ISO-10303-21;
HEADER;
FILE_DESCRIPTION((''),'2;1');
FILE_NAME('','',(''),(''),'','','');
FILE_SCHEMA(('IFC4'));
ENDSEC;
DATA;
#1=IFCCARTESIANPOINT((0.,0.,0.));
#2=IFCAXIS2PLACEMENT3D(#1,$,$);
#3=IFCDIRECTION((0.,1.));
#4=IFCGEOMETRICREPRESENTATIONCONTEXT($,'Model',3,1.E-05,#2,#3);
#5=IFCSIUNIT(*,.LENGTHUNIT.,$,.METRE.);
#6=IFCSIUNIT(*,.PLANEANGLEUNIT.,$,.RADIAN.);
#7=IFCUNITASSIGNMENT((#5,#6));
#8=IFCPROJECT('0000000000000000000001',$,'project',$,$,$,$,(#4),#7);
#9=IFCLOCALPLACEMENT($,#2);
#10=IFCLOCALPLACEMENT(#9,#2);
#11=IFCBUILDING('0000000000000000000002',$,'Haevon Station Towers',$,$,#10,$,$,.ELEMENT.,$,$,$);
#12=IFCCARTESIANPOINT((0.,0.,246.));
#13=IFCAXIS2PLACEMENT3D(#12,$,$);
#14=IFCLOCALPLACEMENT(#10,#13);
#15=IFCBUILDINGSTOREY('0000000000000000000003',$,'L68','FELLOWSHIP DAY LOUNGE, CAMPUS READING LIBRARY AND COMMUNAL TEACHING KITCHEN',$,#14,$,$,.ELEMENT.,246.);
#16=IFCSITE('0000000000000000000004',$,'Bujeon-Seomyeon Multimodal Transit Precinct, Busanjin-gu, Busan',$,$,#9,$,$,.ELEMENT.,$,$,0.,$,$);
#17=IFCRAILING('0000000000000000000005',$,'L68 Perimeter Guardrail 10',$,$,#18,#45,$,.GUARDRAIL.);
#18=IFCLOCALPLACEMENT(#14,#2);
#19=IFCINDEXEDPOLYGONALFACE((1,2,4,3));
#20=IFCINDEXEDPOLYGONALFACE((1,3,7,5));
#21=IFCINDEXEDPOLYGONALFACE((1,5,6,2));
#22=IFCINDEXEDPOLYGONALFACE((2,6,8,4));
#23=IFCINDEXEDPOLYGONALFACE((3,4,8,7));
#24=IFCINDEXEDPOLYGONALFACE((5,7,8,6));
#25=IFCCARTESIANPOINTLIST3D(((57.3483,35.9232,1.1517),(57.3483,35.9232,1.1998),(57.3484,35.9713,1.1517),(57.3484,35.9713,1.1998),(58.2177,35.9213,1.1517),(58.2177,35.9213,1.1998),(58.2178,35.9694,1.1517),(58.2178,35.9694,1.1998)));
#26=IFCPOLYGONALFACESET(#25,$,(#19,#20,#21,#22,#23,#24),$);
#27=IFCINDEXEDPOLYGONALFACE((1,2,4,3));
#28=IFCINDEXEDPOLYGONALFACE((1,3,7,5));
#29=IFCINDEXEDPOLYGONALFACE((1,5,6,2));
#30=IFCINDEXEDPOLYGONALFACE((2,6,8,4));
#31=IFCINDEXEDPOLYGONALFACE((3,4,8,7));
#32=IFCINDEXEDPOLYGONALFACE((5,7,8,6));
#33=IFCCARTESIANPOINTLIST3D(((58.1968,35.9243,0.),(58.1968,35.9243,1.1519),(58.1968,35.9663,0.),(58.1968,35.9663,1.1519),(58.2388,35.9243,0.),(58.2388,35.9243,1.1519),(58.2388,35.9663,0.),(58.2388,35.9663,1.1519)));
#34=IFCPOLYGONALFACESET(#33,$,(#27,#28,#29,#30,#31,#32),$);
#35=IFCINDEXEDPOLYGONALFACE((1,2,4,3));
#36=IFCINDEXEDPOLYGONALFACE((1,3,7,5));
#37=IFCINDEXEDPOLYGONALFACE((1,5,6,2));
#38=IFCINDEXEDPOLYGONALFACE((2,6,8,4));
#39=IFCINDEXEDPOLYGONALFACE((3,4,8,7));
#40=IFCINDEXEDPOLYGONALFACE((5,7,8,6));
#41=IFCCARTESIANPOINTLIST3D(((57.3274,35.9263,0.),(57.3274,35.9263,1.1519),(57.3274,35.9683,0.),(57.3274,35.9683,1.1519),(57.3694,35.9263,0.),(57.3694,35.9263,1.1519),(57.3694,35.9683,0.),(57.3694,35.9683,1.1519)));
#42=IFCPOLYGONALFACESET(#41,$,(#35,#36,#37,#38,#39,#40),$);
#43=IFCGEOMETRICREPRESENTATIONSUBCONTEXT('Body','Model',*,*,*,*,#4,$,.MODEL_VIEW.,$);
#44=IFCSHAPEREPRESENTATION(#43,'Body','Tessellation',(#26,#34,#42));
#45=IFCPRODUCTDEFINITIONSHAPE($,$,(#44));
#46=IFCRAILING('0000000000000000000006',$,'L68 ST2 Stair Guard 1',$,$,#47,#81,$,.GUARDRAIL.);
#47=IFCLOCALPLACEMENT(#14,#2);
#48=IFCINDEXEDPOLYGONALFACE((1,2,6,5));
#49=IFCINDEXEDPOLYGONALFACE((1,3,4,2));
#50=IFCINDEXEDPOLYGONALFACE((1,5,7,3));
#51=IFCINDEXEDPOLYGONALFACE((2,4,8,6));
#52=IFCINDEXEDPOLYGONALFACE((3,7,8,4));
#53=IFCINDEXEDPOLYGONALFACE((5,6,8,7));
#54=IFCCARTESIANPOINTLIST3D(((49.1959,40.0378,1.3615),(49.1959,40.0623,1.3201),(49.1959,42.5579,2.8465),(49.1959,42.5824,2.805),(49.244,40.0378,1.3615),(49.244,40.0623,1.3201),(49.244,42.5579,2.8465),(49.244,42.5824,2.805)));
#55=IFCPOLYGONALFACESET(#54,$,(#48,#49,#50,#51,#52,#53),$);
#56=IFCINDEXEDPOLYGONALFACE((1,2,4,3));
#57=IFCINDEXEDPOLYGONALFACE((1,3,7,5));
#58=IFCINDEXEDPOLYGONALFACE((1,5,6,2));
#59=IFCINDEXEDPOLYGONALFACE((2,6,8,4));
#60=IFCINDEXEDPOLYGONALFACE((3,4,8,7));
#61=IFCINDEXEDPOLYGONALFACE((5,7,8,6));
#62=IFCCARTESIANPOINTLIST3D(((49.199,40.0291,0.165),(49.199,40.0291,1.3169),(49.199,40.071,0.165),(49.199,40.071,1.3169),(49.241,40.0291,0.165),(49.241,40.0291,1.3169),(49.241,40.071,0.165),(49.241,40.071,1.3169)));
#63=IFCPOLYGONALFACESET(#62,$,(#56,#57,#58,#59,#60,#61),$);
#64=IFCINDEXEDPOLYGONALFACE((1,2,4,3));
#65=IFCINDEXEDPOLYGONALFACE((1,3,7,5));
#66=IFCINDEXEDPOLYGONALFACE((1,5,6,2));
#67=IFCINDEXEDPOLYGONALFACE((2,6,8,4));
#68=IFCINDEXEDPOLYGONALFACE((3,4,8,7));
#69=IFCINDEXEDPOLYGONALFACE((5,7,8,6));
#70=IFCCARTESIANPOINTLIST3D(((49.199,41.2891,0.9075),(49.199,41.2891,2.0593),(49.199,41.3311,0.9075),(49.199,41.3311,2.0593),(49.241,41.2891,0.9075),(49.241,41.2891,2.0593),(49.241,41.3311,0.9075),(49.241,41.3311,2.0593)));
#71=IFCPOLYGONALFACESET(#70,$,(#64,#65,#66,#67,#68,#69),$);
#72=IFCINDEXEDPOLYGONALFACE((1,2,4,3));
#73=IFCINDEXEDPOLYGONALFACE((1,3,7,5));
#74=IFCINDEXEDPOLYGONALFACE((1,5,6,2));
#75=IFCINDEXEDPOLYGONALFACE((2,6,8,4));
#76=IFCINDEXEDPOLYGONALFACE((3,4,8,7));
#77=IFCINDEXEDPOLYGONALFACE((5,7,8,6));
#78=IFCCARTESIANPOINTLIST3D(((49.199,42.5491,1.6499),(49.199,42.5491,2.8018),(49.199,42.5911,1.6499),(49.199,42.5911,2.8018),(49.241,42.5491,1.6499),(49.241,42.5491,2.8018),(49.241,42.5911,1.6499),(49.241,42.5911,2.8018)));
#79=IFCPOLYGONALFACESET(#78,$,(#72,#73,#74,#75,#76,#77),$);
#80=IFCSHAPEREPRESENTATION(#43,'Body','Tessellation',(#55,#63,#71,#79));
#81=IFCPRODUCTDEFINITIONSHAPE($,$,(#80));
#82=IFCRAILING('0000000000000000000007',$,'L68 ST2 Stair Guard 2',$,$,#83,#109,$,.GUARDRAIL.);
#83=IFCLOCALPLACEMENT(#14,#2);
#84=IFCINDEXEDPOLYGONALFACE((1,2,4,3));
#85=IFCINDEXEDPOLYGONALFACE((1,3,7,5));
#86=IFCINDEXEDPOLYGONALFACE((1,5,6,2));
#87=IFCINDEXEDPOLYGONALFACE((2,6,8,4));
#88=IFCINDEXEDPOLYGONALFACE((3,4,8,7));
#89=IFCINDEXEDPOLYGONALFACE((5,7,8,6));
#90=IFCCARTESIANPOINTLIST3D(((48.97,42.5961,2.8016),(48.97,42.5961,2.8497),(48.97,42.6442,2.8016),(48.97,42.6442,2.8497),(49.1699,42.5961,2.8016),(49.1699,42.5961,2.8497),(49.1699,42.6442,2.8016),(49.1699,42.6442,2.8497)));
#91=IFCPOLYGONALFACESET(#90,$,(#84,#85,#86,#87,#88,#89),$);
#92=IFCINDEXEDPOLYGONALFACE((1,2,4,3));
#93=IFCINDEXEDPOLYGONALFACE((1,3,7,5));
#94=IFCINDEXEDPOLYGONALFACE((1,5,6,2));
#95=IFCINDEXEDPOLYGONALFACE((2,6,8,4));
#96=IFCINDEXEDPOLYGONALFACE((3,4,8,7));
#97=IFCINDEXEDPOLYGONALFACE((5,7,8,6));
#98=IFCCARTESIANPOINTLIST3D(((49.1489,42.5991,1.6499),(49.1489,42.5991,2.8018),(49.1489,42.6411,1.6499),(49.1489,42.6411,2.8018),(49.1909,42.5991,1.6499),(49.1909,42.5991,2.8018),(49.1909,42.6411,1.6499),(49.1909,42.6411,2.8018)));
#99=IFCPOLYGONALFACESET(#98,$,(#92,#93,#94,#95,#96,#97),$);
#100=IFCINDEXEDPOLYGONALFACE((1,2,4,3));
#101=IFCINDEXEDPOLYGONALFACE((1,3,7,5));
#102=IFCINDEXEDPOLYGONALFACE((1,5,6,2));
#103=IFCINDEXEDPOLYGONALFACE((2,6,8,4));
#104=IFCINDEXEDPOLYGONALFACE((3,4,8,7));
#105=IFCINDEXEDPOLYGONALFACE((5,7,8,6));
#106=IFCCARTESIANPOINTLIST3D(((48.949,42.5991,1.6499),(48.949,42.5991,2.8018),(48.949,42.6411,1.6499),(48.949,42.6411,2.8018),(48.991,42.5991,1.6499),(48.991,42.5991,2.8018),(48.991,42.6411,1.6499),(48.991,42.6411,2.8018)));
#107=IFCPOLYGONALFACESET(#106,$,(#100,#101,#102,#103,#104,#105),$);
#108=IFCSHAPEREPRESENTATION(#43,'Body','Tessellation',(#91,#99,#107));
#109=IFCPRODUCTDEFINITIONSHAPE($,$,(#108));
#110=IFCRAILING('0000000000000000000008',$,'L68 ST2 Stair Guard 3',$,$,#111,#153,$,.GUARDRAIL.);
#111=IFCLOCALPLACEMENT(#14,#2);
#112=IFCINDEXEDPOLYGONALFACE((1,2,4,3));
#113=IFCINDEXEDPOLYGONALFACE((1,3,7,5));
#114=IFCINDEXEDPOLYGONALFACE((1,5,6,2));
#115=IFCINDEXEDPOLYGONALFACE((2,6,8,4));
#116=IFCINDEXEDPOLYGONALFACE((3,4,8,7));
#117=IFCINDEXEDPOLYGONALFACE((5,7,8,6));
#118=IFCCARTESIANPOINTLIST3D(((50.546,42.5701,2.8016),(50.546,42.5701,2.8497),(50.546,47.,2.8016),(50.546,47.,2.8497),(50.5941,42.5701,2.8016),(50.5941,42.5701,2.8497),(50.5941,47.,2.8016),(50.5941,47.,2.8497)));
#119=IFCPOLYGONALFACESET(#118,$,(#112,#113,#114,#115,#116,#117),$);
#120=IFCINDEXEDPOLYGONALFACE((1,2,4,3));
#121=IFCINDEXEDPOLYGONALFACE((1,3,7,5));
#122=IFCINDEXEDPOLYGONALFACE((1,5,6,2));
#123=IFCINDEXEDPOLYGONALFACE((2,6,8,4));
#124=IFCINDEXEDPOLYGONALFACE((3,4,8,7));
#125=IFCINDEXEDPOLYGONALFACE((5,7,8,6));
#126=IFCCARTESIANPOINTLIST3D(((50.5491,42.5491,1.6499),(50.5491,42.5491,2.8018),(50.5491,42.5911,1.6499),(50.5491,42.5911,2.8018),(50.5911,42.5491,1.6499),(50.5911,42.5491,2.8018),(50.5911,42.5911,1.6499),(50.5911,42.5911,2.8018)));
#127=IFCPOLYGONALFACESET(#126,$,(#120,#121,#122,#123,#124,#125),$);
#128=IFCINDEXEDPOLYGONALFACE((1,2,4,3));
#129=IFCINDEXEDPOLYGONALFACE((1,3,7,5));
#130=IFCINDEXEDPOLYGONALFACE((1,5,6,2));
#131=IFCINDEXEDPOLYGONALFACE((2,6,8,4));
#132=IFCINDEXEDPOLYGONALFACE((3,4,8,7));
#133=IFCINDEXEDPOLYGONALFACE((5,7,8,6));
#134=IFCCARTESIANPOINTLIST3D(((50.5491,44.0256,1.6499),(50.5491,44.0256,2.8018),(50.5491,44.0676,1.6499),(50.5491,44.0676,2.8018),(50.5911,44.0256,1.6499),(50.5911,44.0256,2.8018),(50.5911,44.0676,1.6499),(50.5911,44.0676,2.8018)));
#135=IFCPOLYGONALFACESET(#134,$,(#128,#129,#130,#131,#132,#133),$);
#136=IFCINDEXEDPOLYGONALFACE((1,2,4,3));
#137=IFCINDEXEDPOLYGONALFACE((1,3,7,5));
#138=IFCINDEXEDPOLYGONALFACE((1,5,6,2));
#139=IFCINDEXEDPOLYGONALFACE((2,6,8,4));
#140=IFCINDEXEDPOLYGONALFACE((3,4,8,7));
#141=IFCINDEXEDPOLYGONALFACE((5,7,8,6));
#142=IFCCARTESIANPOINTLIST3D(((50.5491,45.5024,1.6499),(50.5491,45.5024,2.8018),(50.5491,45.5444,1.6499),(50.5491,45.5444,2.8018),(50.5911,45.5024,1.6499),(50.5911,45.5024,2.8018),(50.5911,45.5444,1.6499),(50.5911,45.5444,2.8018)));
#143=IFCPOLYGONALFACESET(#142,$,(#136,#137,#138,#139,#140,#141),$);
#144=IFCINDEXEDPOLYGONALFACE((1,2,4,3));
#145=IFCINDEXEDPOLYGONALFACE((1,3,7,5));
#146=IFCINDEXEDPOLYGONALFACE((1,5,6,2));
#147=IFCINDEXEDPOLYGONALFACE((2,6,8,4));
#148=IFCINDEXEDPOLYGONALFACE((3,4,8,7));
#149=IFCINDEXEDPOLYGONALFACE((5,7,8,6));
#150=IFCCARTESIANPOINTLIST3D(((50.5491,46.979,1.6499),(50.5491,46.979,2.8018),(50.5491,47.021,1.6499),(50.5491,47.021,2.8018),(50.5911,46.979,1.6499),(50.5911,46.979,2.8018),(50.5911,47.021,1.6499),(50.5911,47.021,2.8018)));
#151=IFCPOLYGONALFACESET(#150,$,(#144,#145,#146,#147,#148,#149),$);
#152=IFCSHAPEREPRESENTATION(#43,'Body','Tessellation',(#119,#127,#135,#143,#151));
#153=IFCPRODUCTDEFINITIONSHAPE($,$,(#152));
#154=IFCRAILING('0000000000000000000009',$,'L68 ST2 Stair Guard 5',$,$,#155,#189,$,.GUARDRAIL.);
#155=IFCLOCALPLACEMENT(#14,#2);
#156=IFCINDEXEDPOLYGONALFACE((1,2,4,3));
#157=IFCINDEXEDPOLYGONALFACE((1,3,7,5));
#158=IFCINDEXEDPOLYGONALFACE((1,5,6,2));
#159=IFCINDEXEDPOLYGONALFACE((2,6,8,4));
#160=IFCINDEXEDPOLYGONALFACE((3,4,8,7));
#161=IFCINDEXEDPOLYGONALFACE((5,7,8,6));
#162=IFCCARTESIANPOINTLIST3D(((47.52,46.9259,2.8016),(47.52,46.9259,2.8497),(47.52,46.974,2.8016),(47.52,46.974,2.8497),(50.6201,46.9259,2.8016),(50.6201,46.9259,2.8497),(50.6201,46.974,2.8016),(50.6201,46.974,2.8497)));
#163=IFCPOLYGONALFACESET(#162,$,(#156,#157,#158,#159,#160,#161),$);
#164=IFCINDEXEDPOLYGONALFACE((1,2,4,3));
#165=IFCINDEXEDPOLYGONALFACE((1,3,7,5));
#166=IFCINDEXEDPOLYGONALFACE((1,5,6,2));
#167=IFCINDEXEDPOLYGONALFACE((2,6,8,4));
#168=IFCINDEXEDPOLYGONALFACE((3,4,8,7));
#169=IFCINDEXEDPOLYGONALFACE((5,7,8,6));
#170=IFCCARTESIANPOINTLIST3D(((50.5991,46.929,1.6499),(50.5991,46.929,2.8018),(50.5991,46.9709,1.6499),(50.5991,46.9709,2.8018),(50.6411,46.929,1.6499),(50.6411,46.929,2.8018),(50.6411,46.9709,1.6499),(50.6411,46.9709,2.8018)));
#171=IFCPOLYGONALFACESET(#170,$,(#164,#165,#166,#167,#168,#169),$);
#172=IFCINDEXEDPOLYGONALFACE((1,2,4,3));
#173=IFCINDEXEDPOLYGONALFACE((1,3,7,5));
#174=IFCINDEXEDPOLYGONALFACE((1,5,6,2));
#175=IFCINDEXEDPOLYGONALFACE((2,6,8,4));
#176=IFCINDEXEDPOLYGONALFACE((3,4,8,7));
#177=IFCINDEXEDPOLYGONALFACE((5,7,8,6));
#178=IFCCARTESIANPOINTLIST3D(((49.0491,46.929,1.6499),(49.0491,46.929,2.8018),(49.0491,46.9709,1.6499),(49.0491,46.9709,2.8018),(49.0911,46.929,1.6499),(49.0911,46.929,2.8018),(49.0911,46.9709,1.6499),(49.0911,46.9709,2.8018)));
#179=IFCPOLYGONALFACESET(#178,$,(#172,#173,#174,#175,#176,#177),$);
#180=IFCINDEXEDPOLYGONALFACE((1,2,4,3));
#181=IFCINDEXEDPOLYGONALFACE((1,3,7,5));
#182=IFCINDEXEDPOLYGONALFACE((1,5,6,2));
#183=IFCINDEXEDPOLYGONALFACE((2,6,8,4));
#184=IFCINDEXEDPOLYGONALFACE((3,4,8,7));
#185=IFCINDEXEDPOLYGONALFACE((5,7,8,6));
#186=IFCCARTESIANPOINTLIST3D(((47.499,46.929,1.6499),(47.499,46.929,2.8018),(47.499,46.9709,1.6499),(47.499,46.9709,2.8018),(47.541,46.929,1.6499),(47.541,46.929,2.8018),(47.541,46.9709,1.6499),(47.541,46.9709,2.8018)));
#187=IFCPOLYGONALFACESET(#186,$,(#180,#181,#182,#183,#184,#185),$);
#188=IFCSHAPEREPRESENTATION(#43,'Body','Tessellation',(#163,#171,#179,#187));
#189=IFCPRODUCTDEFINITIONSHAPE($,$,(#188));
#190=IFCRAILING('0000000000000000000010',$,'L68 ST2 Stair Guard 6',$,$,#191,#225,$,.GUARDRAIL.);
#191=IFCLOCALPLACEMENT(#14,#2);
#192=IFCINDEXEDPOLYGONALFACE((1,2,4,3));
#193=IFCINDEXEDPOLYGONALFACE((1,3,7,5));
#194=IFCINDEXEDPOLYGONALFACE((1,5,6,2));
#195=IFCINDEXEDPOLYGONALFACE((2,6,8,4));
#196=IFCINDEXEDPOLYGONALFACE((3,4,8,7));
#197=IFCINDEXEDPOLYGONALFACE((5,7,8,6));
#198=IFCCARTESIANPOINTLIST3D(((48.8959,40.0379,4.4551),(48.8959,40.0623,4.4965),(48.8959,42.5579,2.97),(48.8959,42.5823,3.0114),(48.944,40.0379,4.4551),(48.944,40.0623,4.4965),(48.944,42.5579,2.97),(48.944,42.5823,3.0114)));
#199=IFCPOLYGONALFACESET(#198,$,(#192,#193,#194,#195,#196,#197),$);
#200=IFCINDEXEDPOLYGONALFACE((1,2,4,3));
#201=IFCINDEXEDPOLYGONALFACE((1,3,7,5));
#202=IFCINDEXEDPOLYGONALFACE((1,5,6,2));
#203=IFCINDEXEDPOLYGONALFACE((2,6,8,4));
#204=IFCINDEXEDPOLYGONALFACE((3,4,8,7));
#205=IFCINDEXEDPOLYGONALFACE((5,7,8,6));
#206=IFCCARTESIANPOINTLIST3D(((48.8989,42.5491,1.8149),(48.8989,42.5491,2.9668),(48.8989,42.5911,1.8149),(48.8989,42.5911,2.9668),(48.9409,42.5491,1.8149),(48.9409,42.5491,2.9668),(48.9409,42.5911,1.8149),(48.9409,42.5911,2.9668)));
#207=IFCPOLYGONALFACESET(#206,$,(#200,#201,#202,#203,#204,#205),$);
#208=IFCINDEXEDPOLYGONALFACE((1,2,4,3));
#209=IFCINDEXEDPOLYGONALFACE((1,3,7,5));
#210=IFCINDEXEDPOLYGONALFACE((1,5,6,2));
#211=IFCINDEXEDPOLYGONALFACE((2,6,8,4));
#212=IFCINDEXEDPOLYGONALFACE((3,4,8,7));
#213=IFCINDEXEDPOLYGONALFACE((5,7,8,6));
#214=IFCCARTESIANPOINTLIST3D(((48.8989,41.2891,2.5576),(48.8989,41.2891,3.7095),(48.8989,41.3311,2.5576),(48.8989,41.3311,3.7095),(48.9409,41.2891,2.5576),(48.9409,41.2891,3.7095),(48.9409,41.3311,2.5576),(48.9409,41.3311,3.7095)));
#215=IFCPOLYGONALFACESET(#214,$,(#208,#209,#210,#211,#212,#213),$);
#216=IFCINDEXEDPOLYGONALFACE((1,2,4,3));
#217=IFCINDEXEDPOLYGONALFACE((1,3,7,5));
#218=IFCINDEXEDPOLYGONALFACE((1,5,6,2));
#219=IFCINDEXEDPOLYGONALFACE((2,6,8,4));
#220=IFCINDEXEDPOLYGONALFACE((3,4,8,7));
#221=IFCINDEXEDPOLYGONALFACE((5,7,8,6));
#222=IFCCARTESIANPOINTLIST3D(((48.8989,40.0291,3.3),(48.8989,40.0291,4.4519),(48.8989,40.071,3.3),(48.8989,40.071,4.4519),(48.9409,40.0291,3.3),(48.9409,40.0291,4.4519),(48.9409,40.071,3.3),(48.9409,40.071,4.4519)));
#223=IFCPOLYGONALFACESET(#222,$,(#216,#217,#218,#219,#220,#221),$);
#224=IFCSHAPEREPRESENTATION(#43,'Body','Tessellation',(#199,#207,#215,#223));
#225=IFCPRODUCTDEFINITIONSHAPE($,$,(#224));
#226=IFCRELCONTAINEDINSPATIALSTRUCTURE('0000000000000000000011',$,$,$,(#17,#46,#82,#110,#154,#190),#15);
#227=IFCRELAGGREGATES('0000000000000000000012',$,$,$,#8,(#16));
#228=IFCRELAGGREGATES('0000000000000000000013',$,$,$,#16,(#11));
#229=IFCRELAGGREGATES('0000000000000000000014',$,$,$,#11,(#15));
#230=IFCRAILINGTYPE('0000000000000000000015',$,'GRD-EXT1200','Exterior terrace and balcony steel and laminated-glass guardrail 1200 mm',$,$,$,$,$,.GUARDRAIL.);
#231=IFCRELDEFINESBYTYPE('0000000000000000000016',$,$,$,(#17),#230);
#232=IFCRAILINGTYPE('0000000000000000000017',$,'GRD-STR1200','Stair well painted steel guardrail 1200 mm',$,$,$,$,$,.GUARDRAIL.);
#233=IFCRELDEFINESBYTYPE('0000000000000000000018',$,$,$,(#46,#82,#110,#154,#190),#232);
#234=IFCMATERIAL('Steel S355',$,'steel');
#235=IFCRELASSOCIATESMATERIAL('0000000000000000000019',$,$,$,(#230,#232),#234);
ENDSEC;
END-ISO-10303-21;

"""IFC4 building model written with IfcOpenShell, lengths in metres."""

from ifc_helpers import new_model, si_unit, direction, frame, origin, origin_2d, place, context, subcontext, project, spatial, rectangle, extrude, material, type_object, element, save


model = new_model("IFC4")

# Units and contexts
model_context = context("Model", 3, precision=1e-05, world=origin(), true_north=direction((0.0, 1.0)))
body_context = subcontext(model_context, "Body", "Model", "MODEL_VIEW")
ifc_project = project(units=[si_unit("LENGTHUNIT", "METRE"), si_unit("PLANEANGLEUNIT", "RADIAN")], contexts=[model_context])

# Site, building, storey
site_placement = place(None, origin())
site = spatial("IfcSite", under=ifc_project, at=site_placement, Name="Bujeon-Seomyeon Multimodal Transit Precinct, Busanjin-gu, Busan", CompositionType="ELEMENT", RefElevation=0.0)
building_placement = place(site_placement, origin())
building = spatial("IfcBuilding", under=site, at=building_placement, Name="Haevon Station Towers", CompositionType="ELEMENT")
storey_placement = place(building_placement, frame((0.0, 0.0, 246.0)))
storey = spatial("IfcBuildingStorey", under=building, at=storey_placement, Name="L68", Description="FELLOWSHIP DAY LOUNGE, CAMPUS READING LIBRARY AND COMMUNAL TEACHING KITCHEN", CompositionType="ELEMENT", Elevation=246.0)

# Shared definitions
ifc_material_1 = material(Name="Steel S355", Category="steel")

# Railings
railing_type_1 = type_object("IfcRailingType", Name="GRD-EXT1200", Description="Exterior terrace and balcony steel and laminated-glass guardrail 1200 mm", PredefinedType="GUARDRAIL", material=ifc_material_1)
railing_1_placement = place(storey_placement, frame((58.2178, 35.9453, 0.0)))
element("IfcRailing", 1, at=railing_1_placement, inside=storey, type_object=railing_type_1, Name="L68 Perimeter Guardrail 10", PredefinedType="GUARDRAIL", context=body_context, shape_type="SweptSolid", body=[
    extrude(rectangle(XDim=0.0481, YDim=0.0481, at=origin_2d()), frame((0.0, 0.0, 1.1758), z_axis=(-0.999997, 0.002247, 0.0), x_axis=(-0.002247, -0.999997, 0.0)), (0.0, 0.0, 1.0), 0.8694),
    extrude(rectangle(XDim=0.042, YDim=0.042, at=origin_2d()), origin(), (0.0, 0.0, 1.0), 1.1519),
    extrude(rectangle(XDim=0.042, YDim=0.042, at=origin_2d()), frame((-0.8694, 0.002, 0.0)), (0.0, 0.0, 1.0), 1.1519),
])
railing_type_2 = type_object("IfcRailingType", Name="GRD-STR1200", Description="Stair well painted steel guardrail 1200 mm", PredefinedType="GUARDRAIL", material=ifc_material_1)
railing_2_placement = place(storey_placement, frame((49.22, 40.05, 0.165)))
element("IfcRailing", 2, at=railing_2_placement, inside=storey, type_object=railing_type_2, Name="L68 ST2 Stair Guard 1", PredefinedType="GUARDRAIL", context=body_context, shape_type="SweptSolid", body=[
    extrude(rectangle(XDim=0.0481, YDim=0.0481, at=origin_2d()), frame((0.0, 0.0, 1.1758), z_axis=(0.0, 0.861561, 0.507655), x_axis=(-1.0, 0.0, 0.0)), (0.0, 0.0, 1.0), 2.925),
    extrude(rectangle(XDim=0.042, YDim=0.042, at=origin_2d()), origin(), (0.0, 0.0, 1.0), 1.1519),
    extrude(rectangle(XDim=0.042, YDim=0.042, at=origin_2d()), frame((0.0, 1.26, 0.7424)), (0.0, 0.0, 1.0), 1.1519),
    extrude(rectangle(XDim=0.042, YDim=0.042, at=origin_2d()), frame((0.0, 2.52, 1.4849)), (0.0, 0.0, 1.0), 1.1519),
])
railing_3_placement = place(storey_placement, frame((49.1699, 42.6201, 1.6499)))
element("IfcRailing", 3, at=railing_3_placement, inside=storey, type_object=railing_type_2, Name="L68 ST2 Stair Guard 2", PredefinedType="GUARDRAIL", context=body_context, shape_type="SweptSolid", body=[
    extrude(rectangle(XDim=0.0481, YDim=0.0481, at=origin_2d()), frame((0.0, 0.0, 1.1758), z_axis=(-1.0, 0.0, 0.0), x_axis=(0.0, -1.0, 0.0)), (0.0, 0.0, 1.0), 0.2),
    extrude(rectangle(XDim=0.042, YDim=0.042, at=origin_2d()), origin(), (0.0, 0.0, 1.0), 1.1519),
    extrude(rectangle(XDim=0.042, YDim=0.042, at=origin_2d()), frame((-0.2, 0.0, 0.0)), (0.0, 0.0, 1.0), 1.1519),
])
railing_4_placement = place(storey_placement, frame((50.5701, 42.5701, 1.6499)))
element("IfcRailing", 4, at=railing_4_placement, inside=storey, type_object=railing_type_2, Name="L68 ST2 Stair Guard 3", PredefinedType="GUARDRAIL", context=body_context, shape_type="SweptSolid", body=[
    extrude(rectangle(XDim=0.0481, YDim=0.0481, at=origin_2d()), frame((0.0, 0.0, 1.1758), z_axis=(0.0, 1.0, 0.0), x_axis=(-1.0, 0.0, 0.0)), (0.0, 0.0, 1.0), 4.4299),
    extrude(rectangle(XDim=0.042, YDim=0.042, at=origin_2d()), origin(), (0.0, 0.0, 1.0), 1.1519),
    extrude(rectangle(XDim=0.042, YDim=0.042, at=origin_2d()), frame((0.0, 1.4766, 0.0)), (0.0, 0.0, 1.0), 1.1519),
    extrude(rectangle(XDim=0.042, YDim=0.042, at=origin_2d()), frame((0.0, 2.9534, 0.0)), (0.0, 0.0, 1.0), 1.1519),
    extrude(rectangle(XDim=0.042, YDim=0.042, at=origin_2d()), frame((0.0, 4.4299, 0.0)), (0.0, 0.0, 1.0), 1.1519),
])
railing_5_placement = place(storey_placement, frame((50.6201, 46.95, 1.6499)))
element("IfcRailing", 5, at=railing_5_placement, inside=storey, type_object=railing_type_2, Name="L68 ST2 Stair Guard 5", PredefinedType="GUARDRAIL", context=body_context, shape_type="SweptSolid", body=[
    extrude(rectangle(XDim=0.0481, YDim=0.0481, at=origin_2d()), frame((0.0, 0.0, 1.1758), z_axis=(-1.0, 0.0, 0.0), x_axis=(0.0, -1.0, 0.0)), (0.0, 0.0, 1.0), 3.1001),
    extrude(rectangle(XDim=0.042, YDim=0.042, at=origin_2d()), origin(), (0.0, 0.0, 1.0), 1.1519),
    extrude(rectangle(XDim=0.042, YDim=0.042, at=origin_2d()), frame((-1.55, 0.0, 0.0)), (0.0, 0.0, 1.0), 1.1519),
    extrude(rectangle(XDim=0.042, YDim=0.042, at=origin_2d()), frame((-3.1001, 0.0, 0.0)), (0.0, 0.0, 1.0), 1.1519),
])
railing_6_placement = place(storey_placement, frame((48.9199, 42.5701, 1.8149)))
element("IfcRailing", 6, at=railing_6_placement, inside=storey, type_object=railing_type_2, Name="L68 ST2 Stair Guard 6", PredefinedType="GUARDRAIL", context=body_context, shape_type="SweptSolid", body=[
    extrude(rectangle(XDim=0.0481, YDim=0.0481, at=origin_2d()), frame((0.0, 0.0, 1.1758), z_axis=(0.0, -0.861524, 0.507717), x_axis=(1.0, 0.0, 0.0)), (0.0, 0.0, 1.0), 2.925),
    extrude(rectangle(XDim=0.042, YDim=0.042, at=origin_2d()), origin(), (0.0, 0.0, 1.0), 1.1519),
    extrude(rectangle(XDim=0.042, YDim=0.042, at=origin_2d()), frame((0.0, -1.26, 0.7427)), (0.0, 0.0, 1.0), 1.1519),
    extrude(rectangle(XDim=0.042, YDim=0.042, at=origin_2d()), frame((0.0, -2.52, 1.4851)), (0.0, 0.0, 1.0), 1.1519),
])

save(model, "model.ifc")
